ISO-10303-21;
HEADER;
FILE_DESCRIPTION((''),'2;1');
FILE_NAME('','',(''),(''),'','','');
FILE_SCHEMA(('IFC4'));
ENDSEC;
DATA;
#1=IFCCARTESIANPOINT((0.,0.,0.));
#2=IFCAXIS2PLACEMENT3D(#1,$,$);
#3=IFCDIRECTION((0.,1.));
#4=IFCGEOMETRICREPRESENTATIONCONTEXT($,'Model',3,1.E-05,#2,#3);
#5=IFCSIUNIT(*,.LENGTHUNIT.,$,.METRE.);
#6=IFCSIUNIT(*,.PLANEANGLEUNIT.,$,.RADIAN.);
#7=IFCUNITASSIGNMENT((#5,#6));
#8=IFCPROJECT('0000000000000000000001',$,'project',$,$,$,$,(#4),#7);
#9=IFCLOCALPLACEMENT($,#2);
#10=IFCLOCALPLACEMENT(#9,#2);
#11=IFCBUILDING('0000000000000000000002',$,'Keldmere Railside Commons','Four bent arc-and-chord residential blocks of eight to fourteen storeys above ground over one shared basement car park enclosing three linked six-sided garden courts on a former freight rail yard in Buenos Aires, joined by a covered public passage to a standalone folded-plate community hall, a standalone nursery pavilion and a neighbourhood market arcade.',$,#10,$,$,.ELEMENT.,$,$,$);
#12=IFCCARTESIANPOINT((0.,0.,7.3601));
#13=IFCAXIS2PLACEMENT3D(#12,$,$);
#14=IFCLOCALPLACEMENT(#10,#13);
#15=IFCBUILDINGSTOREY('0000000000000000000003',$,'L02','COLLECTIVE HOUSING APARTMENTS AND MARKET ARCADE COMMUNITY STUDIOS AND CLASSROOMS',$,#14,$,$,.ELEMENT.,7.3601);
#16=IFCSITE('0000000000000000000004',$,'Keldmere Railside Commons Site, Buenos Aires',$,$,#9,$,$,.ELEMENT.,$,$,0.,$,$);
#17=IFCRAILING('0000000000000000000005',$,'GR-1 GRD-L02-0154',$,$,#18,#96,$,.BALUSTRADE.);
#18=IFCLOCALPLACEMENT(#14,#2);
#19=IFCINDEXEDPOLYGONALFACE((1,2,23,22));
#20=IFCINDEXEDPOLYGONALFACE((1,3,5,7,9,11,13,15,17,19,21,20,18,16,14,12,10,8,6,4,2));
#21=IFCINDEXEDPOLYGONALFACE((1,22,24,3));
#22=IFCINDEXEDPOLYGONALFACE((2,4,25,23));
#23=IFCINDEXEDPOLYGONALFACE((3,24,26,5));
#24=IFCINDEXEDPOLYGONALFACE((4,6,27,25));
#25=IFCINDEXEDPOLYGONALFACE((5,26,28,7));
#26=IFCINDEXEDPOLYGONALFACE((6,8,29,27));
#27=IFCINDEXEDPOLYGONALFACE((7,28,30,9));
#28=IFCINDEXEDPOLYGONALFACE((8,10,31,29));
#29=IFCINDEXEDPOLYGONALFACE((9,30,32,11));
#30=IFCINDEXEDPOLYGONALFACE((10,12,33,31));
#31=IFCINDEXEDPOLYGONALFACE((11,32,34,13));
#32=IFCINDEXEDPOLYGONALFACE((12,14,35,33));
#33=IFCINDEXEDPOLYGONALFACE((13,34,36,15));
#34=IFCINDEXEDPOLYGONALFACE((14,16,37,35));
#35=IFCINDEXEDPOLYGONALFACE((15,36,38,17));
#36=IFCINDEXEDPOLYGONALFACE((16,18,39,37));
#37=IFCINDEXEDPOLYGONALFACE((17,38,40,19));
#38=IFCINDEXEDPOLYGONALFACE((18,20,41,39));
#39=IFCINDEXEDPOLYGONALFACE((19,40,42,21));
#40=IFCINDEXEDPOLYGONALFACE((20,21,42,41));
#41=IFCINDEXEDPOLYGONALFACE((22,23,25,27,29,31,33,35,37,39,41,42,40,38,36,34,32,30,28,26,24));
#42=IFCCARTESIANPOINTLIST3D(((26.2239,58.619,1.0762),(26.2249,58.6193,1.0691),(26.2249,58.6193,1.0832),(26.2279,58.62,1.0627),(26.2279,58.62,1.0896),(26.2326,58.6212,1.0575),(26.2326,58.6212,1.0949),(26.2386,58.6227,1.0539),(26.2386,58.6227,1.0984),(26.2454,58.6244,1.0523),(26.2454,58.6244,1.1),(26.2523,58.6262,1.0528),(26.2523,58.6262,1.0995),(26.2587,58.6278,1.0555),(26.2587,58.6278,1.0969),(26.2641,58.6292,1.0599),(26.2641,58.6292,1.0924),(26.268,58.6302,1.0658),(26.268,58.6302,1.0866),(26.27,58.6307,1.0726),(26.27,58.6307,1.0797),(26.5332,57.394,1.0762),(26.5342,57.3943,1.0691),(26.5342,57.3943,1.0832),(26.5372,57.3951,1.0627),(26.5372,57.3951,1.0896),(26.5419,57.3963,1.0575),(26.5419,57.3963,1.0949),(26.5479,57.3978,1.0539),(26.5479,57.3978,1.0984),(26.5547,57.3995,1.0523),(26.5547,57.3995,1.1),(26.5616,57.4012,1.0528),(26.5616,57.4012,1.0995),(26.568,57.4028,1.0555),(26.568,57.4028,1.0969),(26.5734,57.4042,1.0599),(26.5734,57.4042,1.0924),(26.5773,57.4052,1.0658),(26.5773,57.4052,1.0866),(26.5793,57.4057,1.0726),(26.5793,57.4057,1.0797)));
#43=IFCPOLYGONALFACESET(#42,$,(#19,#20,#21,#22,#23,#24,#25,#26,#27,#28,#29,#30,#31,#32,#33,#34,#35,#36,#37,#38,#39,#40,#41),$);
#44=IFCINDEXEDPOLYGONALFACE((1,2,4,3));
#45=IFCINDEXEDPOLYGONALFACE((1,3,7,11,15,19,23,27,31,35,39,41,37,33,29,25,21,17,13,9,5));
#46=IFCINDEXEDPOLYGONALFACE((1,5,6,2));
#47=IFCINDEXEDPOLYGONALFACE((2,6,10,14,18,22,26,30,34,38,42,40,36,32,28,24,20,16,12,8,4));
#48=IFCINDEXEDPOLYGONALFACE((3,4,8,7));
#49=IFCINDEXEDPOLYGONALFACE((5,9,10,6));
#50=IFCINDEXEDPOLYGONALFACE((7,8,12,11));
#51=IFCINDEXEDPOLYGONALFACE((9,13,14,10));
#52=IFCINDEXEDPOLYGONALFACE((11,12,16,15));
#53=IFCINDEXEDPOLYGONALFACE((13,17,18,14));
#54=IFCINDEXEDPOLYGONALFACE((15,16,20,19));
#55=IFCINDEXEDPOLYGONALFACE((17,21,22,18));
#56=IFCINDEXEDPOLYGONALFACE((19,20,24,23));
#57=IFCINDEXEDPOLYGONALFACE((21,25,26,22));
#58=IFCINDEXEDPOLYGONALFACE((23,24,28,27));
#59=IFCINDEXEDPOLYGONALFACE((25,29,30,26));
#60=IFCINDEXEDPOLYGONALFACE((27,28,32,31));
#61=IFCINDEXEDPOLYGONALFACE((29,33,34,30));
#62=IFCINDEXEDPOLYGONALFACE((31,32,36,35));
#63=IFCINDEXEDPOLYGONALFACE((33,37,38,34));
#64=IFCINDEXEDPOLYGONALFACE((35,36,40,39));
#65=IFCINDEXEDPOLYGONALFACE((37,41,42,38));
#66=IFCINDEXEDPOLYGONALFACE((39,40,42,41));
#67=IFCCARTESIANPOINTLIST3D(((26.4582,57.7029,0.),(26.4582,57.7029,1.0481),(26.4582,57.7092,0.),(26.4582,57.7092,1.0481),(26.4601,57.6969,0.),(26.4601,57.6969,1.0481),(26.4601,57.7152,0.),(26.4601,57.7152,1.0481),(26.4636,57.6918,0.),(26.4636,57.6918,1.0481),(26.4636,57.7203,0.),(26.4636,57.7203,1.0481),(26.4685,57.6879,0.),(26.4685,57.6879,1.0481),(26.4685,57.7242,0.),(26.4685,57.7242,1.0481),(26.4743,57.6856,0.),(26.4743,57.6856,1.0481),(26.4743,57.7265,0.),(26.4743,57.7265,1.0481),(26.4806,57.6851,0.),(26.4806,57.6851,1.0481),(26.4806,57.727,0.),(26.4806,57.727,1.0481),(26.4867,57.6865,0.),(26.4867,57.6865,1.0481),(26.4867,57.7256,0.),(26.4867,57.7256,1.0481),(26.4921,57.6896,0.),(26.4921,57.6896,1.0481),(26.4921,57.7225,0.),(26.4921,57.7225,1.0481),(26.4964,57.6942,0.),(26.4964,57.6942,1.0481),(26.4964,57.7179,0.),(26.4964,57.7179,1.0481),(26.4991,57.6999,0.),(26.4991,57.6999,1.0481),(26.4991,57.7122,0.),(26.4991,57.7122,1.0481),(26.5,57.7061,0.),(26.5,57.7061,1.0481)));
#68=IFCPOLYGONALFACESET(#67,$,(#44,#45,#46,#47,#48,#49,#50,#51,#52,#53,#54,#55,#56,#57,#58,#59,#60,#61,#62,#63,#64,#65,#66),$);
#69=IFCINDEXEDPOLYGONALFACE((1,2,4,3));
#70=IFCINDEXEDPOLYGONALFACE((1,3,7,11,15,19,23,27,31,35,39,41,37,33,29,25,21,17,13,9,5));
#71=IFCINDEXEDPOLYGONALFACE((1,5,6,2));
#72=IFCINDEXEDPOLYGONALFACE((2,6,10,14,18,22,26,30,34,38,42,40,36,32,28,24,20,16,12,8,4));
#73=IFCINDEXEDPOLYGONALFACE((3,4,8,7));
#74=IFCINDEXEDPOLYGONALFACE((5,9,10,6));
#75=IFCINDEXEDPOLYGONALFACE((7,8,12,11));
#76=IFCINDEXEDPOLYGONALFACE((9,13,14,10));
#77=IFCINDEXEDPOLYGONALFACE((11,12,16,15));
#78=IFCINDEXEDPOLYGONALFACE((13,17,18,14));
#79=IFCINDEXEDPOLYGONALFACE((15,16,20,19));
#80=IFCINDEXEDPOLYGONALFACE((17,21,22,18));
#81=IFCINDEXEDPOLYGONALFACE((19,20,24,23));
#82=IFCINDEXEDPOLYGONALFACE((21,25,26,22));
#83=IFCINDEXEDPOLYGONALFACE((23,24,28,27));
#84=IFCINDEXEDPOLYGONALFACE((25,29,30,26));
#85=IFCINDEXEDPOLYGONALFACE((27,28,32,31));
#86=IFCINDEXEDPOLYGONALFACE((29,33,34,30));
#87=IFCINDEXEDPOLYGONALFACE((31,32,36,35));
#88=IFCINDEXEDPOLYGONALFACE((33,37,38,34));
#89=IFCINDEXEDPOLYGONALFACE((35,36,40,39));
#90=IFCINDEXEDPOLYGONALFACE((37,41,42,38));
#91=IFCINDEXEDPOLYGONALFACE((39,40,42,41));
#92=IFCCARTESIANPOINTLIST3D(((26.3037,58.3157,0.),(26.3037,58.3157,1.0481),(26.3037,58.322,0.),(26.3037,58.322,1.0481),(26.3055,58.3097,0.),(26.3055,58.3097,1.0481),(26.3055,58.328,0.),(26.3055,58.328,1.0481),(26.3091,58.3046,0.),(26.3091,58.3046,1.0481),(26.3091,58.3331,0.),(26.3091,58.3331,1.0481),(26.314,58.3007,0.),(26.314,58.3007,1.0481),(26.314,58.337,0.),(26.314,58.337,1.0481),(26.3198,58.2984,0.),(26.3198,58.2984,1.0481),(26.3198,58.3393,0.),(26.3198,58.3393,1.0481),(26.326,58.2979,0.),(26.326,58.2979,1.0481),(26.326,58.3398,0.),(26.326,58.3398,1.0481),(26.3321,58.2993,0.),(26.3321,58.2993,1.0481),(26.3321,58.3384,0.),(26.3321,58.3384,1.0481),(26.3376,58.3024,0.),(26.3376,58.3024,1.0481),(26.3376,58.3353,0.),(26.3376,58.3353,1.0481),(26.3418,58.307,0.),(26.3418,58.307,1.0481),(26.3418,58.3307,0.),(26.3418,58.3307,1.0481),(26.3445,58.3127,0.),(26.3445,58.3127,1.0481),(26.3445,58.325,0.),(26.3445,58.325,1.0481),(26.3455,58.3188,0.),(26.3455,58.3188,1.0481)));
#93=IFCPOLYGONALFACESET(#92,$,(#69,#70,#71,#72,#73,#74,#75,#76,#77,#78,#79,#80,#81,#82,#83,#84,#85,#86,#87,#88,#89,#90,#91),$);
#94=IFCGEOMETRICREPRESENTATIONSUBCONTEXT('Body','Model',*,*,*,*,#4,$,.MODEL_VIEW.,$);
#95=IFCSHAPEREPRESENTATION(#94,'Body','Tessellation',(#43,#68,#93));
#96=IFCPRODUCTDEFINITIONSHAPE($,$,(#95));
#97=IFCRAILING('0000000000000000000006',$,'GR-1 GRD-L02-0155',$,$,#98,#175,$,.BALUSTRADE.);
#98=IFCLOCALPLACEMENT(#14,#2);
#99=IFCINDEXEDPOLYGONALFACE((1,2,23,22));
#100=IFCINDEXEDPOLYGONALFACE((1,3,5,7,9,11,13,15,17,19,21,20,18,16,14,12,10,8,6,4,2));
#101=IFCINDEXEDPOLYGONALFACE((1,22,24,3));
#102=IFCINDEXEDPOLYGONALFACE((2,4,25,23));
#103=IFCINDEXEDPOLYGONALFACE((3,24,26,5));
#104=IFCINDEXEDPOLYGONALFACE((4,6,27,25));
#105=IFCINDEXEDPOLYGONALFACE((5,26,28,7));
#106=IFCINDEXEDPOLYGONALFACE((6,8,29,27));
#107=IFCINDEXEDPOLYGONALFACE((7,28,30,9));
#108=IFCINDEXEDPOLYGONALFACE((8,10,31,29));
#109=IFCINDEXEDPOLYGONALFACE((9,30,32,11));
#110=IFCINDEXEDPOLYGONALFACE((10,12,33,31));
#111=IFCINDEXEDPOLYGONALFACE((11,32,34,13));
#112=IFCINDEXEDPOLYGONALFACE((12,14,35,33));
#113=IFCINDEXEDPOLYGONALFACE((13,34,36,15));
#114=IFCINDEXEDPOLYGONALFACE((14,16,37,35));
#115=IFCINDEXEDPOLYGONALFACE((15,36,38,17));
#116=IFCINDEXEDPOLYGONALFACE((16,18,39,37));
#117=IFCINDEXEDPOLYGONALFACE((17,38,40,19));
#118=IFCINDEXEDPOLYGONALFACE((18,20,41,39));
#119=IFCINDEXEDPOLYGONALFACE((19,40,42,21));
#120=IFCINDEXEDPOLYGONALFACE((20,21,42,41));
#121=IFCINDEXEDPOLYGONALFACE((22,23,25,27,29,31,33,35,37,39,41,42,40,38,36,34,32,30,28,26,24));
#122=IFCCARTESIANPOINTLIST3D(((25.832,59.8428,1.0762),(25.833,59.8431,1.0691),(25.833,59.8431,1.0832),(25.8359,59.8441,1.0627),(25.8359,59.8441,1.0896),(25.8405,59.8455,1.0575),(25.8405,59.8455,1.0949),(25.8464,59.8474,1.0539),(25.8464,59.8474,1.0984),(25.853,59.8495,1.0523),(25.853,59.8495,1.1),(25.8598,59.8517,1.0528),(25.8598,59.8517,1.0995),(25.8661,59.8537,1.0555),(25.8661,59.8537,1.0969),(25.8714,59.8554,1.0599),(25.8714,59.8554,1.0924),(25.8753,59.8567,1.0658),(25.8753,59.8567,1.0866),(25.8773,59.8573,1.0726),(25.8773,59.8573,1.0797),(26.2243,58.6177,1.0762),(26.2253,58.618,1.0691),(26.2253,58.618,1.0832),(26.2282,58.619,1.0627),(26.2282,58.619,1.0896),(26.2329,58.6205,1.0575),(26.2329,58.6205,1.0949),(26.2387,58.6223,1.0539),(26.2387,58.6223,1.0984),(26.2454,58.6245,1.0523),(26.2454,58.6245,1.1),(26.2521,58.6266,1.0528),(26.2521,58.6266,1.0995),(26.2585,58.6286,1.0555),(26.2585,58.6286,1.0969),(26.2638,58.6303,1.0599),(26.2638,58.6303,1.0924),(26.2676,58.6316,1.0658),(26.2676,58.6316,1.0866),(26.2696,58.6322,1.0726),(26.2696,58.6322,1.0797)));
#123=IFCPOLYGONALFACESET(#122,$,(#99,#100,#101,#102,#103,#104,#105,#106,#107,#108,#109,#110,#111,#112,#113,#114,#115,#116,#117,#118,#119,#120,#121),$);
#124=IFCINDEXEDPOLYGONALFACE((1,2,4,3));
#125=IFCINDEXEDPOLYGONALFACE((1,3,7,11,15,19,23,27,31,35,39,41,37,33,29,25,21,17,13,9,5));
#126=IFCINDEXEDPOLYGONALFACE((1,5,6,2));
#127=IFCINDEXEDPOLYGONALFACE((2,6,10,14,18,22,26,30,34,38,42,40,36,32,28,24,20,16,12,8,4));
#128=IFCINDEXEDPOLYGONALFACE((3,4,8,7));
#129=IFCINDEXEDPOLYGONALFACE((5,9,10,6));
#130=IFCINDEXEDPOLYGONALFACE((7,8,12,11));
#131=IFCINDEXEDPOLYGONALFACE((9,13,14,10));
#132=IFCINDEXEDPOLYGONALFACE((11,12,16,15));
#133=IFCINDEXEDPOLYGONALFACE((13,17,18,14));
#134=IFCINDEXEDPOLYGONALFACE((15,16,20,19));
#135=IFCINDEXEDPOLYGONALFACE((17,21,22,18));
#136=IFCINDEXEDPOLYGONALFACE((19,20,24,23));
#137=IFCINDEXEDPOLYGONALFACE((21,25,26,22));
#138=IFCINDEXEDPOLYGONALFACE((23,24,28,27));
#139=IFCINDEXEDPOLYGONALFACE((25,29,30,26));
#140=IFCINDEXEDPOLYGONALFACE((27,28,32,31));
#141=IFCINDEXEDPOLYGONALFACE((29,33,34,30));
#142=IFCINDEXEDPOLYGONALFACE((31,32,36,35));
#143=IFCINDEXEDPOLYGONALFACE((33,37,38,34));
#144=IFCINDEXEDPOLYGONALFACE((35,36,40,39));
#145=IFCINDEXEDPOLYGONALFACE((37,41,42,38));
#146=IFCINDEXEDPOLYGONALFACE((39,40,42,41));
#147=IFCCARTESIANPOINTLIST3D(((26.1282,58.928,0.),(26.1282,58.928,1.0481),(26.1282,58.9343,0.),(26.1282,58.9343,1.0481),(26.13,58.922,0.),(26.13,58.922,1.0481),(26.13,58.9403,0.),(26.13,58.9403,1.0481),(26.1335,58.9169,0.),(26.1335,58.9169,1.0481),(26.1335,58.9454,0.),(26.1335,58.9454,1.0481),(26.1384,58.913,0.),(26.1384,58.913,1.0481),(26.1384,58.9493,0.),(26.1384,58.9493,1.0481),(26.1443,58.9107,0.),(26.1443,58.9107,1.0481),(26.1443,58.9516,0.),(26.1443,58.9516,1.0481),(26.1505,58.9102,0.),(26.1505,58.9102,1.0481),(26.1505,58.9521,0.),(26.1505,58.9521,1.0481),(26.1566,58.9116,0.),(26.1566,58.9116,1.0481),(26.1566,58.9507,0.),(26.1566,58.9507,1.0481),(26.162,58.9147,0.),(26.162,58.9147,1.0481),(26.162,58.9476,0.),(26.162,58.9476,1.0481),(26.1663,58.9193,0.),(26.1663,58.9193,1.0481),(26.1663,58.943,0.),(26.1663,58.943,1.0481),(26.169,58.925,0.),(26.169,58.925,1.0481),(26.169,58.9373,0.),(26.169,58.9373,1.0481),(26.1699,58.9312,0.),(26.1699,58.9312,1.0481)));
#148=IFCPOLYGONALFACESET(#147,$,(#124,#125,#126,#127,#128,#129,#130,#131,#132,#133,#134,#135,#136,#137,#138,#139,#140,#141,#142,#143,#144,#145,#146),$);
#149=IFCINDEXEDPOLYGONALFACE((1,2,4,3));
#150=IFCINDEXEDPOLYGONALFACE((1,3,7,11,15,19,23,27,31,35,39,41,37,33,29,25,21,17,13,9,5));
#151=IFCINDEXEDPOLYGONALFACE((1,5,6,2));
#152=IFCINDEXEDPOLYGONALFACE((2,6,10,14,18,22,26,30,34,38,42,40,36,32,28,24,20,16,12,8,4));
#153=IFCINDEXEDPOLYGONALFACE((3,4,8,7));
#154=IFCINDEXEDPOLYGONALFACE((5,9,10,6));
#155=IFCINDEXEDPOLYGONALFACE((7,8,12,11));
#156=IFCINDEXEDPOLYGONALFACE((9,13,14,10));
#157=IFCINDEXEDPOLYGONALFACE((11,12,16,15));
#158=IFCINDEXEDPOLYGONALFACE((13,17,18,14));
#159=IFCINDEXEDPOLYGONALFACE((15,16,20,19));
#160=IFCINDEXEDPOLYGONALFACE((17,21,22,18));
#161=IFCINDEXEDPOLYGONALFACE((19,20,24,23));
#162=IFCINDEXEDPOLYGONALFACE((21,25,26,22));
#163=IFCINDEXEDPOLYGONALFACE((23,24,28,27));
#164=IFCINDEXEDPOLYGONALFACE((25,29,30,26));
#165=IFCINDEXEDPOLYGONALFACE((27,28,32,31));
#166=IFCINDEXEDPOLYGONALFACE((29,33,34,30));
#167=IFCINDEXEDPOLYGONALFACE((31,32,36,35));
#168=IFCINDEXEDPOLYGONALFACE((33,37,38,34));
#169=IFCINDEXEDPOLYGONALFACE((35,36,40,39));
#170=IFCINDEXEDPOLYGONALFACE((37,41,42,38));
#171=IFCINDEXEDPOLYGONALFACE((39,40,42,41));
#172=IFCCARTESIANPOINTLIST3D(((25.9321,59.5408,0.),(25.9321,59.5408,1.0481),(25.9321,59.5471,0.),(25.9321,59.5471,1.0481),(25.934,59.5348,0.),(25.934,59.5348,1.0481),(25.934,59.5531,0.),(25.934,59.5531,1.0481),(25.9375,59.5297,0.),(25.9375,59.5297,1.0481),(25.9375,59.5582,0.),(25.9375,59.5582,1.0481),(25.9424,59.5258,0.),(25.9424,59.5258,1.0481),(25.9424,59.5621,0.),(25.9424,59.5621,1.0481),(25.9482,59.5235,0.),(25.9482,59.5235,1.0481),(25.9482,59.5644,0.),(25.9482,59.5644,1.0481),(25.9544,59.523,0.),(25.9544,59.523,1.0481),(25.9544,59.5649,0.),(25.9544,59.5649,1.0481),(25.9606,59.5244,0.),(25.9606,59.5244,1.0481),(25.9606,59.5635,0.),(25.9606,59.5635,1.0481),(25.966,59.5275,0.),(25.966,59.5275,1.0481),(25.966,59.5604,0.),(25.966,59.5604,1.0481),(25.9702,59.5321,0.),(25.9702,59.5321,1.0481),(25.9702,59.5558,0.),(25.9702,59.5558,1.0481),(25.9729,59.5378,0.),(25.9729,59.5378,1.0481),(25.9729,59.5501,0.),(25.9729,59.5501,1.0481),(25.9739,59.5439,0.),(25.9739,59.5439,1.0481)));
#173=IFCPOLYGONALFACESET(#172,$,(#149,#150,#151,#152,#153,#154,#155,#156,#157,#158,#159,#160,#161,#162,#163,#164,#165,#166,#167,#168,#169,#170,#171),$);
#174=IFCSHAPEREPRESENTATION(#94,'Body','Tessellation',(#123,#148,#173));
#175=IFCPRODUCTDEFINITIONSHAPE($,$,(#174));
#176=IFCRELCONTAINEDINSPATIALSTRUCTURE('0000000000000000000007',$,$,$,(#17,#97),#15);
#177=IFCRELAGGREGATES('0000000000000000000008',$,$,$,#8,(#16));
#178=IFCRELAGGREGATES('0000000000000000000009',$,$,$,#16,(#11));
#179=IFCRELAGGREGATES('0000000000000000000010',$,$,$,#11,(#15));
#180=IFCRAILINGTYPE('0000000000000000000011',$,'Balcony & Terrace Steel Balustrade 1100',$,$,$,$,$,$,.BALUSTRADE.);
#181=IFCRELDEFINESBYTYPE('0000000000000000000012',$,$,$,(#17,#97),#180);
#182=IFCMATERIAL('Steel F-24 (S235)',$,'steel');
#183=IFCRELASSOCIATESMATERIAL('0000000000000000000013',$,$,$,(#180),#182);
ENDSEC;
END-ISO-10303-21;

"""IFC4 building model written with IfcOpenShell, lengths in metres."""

from ifc_helpers import new_model, si_unit, direction, frame, origin, origin_2d, place, context, subcontext, project, spatial, circle, extrude, material, type_object, element, save


model = new_model("IFC4")

# Units and contexts
model_context = context("Model", 3, precision=1e-05, world=origin(), true_north=direction((0.0, 1.0)))
body_context = subcontext(model_context, "Body", "Model", "MODEL_VIEW")
ifc_project = project(units=[si_unit("LENGTHUNIT", "METRE"), si_unit("PLANEANGLEUNIT", "RADIAN")], contexts=[model_context])

# Site, building, storey
site_placement = place(None, origin())
site = spatial("IfcSite", under=ifc_project, at=site_placement, Name="Keldmere Railside Commons Site, Buenos Aires", CompositionType="ELEMENT", RefElevation=0.0)
building_placement = place(site_placement, origin())
building = spatial("IfcBuilding", under=site, at=building_placement, Name="Keldmere Railside Commons", Description="Four bent arc-and-chord residential blocks of eight to fourteen storeys above ground over one shared basement car park enclosing three linked six-sided garden courts on a former freight rail yard in Buenos Aires, joined by a covered public passage to a standalone folded-plate community hall, a standalone nursery pavilion and a neighbourhood market arcade.", CompositionType="ELEMENT")
storey_placement = place(building_placement, frame((0.0, 0.0, 7.3601)))
storey = spatial("IfcBuildingStorey", under=building, at=storey_placement, Name="L02", Description="COLLECTIVE HOUSING APARTMENTS AND MARKET ARCADE COMMUNITY STUDIOS AND CLASSROOMS", CompositionType="ELEMENT", Elevation=7.3601)

# Railings
ifc_material_1 = material(Name="Steel F-24 (S235)", Category="steel")
railing_type = type_object("IfcRailingType", Name="Balcony & Terrace Steel Balustrade 1100", PredefinedType="BALUSTRADE", material=ifc_material_1)
railing_1_placement = place(storey_placement, frame((26.5564, 57.3999, 0.0)))
element("IfcRailing", 1, at=railing_1_placement, inside=storey, type_object=railing_type, Name="GR-1 GRD-L02-0154", PredefinedType="BALUSTRADE", context=body_context, shape_type="SweptSolid", body=[
    extrude(circle(Radius=0.0239, at=origin_2d()), frame((0.0, 0.0, 1.0762), z_axis=(-0.244808, 0.969572, 0.0), x_axis=(-0.969572, -0.244808, 0.0)), (0.0, 0.0, 1.0), 1.2634),
    extrude(circle(Radius=0.021, at=origin_2d()), frame((-0.0774, 0.3062, 0.0)), (0.0, 0.0, 1.0), 1.0481),
    extrude(circle(Radius=0.021, at=origin_2d()), frame((-0.2319, 0.9189, 0.0)), (0.0, 0.0, 1.0), 1.0481),
])
railing_2_placement = place(storey_placement, frame((26.2471, 58.625, 0.0)))
element("IfcRailing", 2, at=railing_2_placement, inside=storey, type_object=railing_type, Name="GR-1 GRD-L02-0155", PredefinedType="BALUSTRADE", context=body_context, shape_type="SweptSolid", body=[
    extrude(circle(Radius=0.0239, at=origin_2d()), frame((0.0, 0.0, 1.0762), z_axis=(-0.304989, 0.952356, 0.0), x_axis=(-0.952356, -0.304989, 0.0)), (0.0, 0.0, 1.0), 1.2864),
    extrude(circle(Radius=0.021, at=origin_2d()), frame((-0.0981, 0.3062, 0.0)), (0.0, 0.0, 1.0), 1.0481),
    extrude(circle(Radius=0.021, at=origin_2d()), frame((-0.2942, 0.9189, 0.0)), (0.0, 0.0, 1.0), 1.0481),
])

save(model, "model.ifc")
